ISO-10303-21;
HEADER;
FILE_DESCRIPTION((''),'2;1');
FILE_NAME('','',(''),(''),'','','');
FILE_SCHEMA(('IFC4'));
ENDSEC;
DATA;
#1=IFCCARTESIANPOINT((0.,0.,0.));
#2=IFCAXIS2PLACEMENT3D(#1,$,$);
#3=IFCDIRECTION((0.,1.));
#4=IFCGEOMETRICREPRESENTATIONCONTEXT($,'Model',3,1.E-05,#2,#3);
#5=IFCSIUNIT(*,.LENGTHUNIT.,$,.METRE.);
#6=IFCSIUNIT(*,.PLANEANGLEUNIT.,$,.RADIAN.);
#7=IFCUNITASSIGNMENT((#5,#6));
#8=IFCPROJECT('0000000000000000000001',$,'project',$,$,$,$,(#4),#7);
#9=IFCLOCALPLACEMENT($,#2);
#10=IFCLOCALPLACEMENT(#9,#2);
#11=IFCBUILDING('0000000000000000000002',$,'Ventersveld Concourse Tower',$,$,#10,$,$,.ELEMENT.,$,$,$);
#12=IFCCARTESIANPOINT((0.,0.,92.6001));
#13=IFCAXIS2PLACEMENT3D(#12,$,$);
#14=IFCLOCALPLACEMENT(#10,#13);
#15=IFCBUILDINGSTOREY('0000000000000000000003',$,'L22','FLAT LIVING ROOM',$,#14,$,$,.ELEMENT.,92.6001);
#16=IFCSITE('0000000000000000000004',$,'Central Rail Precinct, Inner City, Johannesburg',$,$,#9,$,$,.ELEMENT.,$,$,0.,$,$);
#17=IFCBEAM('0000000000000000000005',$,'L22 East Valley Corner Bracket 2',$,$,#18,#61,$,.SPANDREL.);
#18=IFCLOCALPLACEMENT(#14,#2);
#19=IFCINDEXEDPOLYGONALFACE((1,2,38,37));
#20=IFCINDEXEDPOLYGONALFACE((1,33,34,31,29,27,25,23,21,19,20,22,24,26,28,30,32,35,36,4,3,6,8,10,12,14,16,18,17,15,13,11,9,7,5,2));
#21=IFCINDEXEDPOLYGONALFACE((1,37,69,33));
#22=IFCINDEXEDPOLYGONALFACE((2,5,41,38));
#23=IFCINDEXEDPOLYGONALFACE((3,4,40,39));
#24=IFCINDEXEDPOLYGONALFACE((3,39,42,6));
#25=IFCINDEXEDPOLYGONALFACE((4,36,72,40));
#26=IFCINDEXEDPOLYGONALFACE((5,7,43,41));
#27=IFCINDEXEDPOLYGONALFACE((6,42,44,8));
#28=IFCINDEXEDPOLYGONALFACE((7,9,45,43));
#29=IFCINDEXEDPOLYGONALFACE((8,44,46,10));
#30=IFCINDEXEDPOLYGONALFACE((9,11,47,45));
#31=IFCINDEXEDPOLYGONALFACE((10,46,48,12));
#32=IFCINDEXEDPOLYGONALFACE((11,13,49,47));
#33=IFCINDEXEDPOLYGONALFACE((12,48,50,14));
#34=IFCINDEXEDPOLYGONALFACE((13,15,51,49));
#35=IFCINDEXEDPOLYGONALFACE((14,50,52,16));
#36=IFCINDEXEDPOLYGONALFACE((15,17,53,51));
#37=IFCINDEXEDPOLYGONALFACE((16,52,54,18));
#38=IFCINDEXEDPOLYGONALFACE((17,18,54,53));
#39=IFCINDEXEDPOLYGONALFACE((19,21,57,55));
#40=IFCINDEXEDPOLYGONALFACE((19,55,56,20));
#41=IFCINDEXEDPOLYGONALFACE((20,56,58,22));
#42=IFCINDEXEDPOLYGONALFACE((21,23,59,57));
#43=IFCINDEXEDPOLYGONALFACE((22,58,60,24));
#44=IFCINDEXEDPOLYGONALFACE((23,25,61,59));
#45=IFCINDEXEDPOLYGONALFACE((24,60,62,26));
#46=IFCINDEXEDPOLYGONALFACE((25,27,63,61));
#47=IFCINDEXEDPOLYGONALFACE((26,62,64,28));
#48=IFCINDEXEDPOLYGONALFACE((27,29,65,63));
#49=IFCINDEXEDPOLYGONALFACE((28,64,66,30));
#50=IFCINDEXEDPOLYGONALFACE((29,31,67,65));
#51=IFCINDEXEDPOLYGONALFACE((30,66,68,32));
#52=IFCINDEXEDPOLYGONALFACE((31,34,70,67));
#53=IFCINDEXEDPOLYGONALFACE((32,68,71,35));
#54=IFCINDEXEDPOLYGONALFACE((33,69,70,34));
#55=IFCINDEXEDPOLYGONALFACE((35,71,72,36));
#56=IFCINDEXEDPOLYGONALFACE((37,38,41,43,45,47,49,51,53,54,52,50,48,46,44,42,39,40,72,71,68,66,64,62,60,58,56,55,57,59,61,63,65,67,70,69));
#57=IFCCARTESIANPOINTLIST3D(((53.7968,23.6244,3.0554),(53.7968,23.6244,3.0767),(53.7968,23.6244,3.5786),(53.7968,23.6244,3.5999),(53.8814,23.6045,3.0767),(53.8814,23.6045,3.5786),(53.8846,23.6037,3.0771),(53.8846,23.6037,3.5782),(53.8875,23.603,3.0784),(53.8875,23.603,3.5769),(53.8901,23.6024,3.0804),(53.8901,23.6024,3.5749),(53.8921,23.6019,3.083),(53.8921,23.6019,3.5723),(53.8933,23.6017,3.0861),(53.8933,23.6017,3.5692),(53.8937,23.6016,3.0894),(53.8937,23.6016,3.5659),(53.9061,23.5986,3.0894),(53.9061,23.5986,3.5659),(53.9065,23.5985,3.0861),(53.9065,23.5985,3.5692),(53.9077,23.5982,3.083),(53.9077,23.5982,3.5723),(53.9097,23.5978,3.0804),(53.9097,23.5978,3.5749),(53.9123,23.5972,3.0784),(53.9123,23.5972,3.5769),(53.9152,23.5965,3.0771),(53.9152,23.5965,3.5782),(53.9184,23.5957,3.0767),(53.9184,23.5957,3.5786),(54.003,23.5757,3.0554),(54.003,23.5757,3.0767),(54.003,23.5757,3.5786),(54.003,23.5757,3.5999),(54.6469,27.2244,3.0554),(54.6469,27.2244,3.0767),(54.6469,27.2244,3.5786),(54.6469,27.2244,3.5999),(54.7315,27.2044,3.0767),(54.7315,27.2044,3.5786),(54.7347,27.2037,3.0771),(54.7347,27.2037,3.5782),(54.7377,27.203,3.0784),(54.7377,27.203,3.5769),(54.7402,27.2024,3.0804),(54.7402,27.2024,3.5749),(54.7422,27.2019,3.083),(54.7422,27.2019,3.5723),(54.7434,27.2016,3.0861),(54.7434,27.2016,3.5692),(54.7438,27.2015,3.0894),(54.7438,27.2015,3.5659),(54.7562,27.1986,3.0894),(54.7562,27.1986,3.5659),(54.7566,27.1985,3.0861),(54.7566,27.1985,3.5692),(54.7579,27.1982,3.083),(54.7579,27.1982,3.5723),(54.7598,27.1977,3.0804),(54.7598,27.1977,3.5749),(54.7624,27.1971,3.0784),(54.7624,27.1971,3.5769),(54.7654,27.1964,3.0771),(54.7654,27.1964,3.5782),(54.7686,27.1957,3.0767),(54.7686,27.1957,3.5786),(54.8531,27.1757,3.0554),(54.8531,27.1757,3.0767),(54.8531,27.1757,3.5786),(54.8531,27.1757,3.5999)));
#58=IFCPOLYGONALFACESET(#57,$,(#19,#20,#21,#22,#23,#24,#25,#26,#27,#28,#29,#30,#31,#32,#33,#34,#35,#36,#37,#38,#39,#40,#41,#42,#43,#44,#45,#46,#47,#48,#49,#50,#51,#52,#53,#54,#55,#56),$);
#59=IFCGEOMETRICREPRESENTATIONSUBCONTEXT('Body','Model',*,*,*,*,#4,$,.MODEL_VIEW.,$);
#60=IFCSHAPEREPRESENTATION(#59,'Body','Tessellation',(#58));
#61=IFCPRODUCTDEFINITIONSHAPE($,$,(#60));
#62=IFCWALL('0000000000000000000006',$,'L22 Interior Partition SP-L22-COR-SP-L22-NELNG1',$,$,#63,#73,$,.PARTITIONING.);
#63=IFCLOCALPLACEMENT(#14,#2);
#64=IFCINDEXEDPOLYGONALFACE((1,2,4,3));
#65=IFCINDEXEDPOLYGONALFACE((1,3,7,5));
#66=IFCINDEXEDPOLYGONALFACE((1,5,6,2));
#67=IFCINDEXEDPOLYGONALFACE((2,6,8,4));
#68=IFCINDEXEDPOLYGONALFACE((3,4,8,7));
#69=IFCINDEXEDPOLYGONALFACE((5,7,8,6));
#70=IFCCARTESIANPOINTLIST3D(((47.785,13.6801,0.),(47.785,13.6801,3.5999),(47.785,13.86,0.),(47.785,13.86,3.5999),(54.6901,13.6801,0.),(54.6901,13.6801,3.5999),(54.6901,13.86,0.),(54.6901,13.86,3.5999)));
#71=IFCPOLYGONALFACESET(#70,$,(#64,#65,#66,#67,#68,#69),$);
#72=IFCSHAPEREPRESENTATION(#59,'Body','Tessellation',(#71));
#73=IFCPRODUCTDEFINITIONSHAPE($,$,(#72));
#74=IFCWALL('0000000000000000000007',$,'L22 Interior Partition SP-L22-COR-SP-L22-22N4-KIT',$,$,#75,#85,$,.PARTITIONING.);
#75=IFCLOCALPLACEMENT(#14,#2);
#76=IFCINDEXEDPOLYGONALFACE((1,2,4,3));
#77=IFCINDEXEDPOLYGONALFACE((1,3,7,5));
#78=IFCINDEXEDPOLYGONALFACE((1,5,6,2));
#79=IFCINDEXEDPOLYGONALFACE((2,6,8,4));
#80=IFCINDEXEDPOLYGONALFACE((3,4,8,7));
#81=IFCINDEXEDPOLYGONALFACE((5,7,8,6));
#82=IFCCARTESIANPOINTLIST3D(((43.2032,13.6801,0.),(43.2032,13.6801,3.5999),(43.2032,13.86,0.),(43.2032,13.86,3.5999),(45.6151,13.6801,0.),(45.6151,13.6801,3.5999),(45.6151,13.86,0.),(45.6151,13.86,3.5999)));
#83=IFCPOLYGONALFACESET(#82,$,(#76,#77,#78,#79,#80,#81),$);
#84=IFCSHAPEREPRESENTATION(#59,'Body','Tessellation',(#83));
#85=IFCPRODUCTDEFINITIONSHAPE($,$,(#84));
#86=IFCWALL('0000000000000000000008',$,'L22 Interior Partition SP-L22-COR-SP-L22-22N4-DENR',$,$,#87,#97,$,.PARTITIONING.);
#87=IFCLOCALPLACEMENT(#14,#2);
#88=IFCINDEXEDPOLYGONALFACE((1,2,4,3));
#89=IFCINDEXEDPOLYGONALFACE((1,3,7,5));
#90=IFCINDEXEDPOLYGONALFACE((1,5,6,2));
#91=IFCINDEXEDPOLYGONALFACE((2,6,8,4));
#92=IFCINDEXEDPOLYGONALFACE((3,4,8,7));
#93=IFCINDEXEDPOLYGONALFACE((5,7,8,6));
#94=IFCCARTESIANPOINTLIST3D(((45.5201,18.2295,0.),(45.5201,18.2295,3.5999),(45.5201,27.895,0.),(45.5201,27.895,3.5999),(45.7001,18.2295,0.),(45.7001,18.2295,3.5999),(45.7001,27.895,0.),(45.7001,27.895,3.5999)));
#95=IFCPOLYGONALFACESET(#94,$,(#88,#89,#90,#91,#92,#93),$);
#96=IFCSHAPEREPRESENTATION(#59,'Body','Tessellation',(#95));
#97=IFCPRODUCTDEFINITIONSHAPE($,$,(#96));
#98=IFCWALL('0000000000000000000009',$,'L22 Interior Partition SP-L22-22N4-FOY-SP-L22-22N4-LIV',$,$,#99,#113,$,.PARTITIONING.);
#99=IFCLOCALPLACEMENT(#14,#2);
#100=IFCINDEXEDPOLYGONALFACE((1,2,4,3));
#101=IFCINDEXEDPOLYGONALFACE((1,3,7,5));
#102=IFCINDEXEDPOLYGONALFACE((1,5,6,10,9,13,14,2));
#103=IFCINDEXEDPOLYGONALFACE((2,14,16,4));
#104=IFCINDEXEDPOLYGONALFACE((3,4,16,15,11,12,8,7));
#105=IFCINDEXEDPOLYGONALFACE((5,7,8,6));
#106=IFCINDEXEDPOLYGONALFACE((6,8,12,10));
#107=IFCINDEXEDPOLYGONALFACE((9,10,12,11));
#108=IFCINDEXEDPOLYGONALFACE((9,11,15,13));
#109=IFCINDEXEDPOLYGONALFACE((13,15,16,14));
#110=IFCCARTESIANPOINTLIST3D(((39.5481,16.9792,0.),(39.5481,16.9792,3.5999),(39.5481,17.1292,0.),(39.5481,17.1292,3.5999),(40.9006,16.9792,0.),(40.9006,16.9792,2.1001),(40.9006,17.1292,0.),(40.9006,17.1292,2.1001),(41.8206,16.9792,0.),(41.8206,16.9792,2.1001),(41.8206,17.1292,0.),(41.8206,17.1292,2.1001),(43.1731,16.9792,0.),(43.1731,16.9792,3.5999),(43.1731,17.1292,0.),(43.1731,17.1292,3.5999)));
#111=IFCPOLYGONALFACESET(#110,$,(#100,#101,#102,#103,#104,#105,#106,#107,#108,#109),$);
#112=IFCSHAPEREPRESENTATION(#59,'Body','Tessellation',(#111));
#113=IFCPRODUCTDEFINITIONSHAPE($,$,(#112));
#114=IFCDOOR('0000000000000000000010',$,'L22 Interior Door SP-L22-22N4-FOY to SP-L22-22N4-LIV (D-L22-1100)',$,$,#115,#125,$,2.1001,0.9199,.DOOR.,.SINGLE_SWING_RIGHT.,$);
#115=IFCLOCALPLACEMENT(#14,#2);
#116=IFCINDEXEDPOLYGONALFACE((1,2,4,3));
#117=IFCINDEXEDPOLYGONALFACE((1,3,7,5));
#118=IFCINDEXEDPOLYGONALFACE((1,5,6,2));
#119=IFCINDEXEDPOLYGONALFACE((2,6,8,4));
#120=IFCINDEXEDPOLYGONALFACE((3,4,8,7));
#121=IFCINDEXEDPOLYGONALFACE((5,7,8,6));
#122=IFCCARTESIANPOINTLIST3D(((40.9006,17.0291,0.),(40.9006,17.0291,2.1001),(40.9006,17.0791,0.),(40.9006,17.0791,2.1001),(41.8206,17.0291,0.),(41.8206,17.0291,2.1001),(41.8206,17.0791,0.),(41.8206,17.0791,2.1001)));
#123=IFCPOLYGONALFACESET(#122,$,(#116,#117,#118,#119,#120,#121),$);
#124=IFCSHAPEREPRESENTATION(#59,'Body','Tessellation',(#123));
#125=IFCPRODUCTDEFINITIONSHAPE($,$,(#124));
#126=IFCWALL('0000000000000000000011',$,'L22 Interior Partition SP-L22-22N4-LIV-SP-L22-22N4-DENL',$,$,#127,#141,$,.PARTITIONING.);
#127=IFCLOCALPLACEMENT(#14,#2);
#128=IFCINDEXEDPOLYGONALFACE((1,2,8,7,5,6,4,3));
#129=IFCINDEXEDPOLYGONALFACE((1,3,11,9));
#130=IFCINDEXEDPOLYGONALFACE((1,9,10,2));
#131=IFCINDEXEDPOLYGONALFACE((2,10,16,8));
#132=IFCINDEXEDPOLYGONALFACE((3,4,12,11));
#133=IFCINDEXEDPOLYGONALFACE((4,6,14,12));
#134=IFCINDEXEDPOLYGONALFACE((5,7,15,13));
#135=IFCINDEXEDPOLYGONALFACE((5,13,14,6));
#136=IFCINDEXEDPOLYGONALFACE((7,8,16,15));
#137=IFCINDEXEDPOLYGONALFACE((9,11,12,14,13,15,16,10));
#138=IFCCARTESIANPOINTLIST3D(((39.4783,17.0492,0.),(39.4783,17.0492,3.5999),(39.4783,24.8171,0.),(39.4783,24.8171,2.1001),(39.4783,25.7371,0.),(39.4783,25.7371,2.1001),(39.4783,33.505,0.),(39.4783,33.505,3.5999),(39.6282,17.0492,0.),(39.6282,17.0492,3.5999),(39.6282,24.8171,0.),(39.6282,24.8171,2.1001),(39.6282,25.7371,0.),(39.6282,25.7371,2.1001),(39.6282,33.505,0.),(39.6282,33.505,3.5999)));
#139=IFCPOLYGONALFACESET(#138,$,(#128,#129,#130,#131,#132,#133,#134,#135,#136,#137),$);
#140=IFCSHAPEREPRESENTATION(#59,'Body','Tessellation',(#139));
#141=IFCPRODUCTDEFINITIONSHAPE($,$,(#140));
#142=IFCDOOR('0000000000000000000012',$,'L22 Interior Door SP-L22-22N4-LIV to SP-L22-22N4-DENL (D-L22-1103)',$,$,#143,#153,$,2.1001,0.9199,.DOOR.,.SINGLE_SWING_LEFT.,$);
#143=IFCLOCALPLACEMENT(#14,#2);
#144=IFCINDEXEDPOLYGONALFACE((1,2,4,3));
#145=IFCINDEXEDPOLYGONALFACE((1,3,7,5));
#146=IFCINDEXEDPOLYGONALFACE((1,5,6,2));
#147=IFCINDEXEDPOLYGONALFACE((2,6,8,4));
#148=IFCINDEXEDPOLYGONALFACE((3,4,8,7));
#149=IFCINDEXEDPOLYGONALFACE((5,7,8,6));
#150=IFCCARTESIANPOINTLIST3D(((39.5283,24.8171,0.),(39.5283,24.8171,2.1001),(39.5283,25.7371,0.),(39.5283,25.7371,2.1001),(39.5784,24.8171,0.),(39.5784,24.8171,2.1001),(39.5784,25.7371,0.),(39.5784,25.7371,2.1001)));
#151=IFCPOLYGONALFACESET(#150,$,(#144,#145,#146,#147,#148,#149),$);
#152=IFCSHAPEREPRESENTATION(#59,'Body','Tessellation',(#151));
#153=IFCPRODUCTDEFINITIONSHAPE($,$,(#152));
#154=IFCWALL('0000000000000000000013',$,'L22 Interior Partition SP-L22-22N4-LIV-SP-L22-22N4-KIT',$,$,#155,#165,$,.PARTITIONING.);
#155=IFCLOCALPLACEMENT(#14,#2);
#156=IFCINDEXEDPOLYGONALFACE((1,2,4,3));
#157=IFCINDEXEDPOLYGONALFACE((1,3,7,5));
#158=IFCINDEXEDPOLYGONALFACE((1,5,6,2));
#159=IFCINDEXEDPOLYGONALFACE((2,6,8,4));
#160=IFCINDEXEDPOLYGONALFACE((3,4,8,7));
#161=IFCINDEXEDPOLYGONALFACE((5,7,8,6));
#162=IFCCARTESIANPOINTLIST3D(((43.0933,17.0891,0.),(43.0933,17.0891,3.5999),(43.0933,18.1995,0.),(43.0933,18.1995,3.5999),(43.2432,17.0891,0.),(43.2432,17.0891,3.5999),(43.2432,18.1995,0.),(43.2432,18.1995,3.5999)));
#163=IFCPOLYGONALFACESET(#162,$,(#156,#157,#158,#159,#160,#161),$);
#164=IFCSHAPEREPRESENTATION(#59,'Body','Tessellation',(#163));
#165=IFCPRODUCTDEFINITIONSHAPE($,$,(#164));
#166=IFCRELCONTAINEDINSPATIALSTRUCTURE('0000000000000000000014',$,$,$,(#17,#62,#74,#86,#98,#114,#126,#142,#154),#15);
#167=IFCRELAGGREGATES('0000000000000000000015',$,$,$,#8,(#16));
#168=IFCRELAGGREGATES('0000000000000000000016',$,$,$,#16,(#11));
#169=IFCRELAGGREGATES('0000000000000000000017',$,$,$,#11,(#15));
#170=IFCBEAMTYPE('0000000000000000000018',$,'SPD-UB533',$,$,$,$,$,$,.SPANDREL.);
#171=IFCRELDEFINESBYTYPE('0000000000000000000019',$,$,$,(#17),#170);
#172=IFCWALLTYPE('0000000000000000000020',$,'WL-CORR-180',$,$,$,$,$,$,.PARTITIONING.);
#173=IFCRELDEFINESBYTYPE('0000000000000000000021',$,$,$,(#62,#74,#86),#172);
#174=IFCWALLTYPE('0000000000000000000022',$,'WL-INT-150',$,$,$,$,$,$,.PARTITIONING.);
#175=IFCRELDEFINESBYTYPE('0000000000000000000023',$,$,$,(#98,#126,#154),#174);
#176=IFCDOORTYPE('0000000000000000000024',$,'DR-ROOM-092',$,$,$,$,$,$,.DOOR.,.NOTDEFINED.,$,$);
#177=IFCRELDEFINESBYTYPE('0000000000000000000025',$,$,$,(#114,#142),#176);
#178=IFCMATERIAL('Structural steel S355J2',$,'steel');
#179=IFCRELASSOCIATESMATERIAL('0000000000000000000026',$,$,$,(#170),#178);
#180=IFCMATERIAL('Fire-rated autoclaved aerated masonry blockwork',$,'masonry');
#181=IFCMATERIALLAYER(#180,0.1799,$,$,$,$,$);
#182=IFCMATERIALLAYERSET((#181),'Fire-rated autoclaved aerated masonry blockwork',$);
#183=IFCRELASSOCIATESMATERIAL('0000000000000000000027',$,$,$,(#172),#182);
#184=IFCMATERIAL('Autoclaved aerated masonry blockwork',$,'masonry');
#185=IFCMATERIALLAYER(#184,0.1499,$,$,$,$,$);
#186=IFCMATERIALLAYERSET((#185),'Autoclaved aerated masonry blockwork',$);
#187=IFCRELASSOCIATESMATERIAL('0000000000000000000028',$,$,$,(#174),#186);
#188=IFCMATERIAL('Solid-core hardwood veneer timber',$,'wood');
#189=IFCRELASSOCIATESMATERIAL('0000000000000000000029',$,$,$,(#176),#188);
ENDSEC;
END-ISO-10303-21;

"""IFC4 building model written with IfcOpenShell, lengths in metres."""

from ifc_helpers import new_model, si_unit, direction, frame, frame_2d, origin, origin_2d, place, context, subcontext, project, spatial, rectangle, i_section, extrude, material, layer, layer_set, material_profile, profile_set, type_object, element, fill, save


model = new_model("IFC4")

# Units and contexts
model_context = context("Model", 3, precision=1e-05, world=origin(), true_north=direction((0.0, 1.0)))
body_context = subcontext(model_context, "Body", "Model", "MODEL_VIEW")
ifc_project = project(units=[si_unit("LENGTHUNIT", "METRE"), si_unit("PLANEANGLEUNIT", "RADIAN")], contexts=[model_context])

# Site, building, storey
site_placement = place(None, origin())
site = spatial("IfcSite", under=ifc_project, at=site_placement, Name="Central Rail Precinct, Inner City, Johannesburg", CompositionType="ELEMENT", RefElevation=0.0)
building_placement = place(site_placement, origin())
building = spatial("IfcBuilding", under=site, at=building_placement, Name="Ventersveld Concourse Tower", CompositionType="ELEMENT")
storey_placement = place(building_placement, frame((0.0, 0.0, 92.6001)))
storey = spatial("IfcBuildingStorey", under=building, at=storey_placement, Name="L22", Description="FLAT LIVING ROOM", CompositionType="ELEMENT", Elevation=92.6001)

# Beam
ifc_material_1 = material(Name="Structural steel S355J2", Category="steel")
ifc_material_profile_1 = material_profile(ifc_material_1, i_section(OverallWidth=0.2119, OverallDepth=0.5444, WebThickness=0.0127, FlangeThickness=0.0212, FilletRadius=0.0127, at=origin_2d()), Name="UB 533x210x122")
ifc_profile_set_1 = profile_set([ifc_material_profile_1], Name="Structural steel S355J2")
beam_type_1 = type_object("IfcBeamType", Name="SPD-UB533", PredefinedType="SPANDREL", material=ifc_profile_set_1)
beam_1_placement = place(storey_placement, frame((53.8999, 23.6001, 3.3276), z_axis=(0.229827, 0.973232, 0.0), x_axis=(-0.973232, 0.229827, 0.0)))
element("IfcBeam", 1, at=beam_1_placement, inside=storey, type_object=beam_type_1, Name="L22 East Valley Corner Bracket 2", PredefinedType="SPANDREL", context=body_context, shape_type="SweptSolid", body=[
    extrude(i_section(OverallWidth=0.2119, OverallDepth=0.5444, WebThickness=0.0127, FlangeThickness=0.0212, FilletRadius=0.0127, at=origin_2d()), origin(), (0.0, 0.0, 1.0), 3.699),
])

# Wall
ifc_material_2 = material(Name="Fire-rated autoclaved aerated masonry blockwork", Category="masonry")
ifc_layer_1 = layer(ifc_material_2, 0.1799)
ifc_layer_set_1 = layer_set([ifc_layer_1], Name="Fire-rated autoclaved aerated masonry blockwork")
wall_type_1 = type_object("IfcWallType", Name="WL-CORR-180", PredefinedType="PARTITIONING", material=ifc_layer_set_1)
wall_1_placement = place(storey_placement, frame((47.7849, 13.77, 0.0), z_axis=(0.0, 0.0, 1.0), x_axis=(1.0, 0.0, 0.0)))
element("IfcWall", 2, at=wall_1_placement, inside=storey, type_object=wall_type_1, Name="L22 Interior Partition SP-L22-COR-SP-L22-NELNG1", PredefinedType="PARTITIONING", context=body_context, shape_type="SweptSolid", body=[
    extrude(rectangle(XDim=6.905, YDim=0.1799, at=frame_2d((3.4526, 0.0))), origin(), (0.0, 0.0, 1.0), 3.5999),
])

# Shared definitions
ifc_material_3 = material(Name="Solid-core hardwood veneer timber", Category="wood")

# Walls
wall_2_placement = place(storey_placement, frame((43.2031, 13.77, 0.0), z_axis=(0.0, 0.0, 1.0), x_axis=(1.0, 0.0, 0.0)))
element("IfcWall", 3, at=wall_2_placement, inside=storey, type_object=wall_type_1, Name="L22 Interior Partition SP-L22-COR-SP-L22-22N4-KIT", PredefinedType="PARTITIONING", context=body_context, shape_type="SweptSolid", body=[
    extrude(rectangle(XDim=2.4119, YDim=0.1799, at=frame_2d((1.2061, 0.0))), origin(), (0.0, 0.0, 1.0), 3.5999),
])
wall_3_placement = place(storey_placement, frame((45.6101, 18.2295, 0.0), z_axis=(0.0, 0.0, 1.0), x_axis=(0.0, 1.0, 0.0)))
element("IfcWall", 4, at=wall_3_placement, inside=storey, type_object=wall_type_1, Name="L22 Interior Partition SP-L22-COR-SP-L22-22N4-DENR", PredefinedType="PARTITIONING", context=body_context, shape_type="SweptSolid", body=[
    extrude(rectangle(XDim=9.6655, YDim=0.1799, at=frame_2d((4.8328, 0.0))), origin(), (0.0, 0.0, 1.0), 3.5999),
])

# Walls, openings, doors
ifc_material_4 = material(Name="Autoclaved aerated masonry blockwork", Category="masonry")
ifc_layer_2 = layer(ifc_material_4, 0.1499)
ifc_layer_set_2 = layer_set([ifc_layer_2], Name="Autoclaved aerated masonry blockwork")
wall_type_2 = type_object("IfcWallType", Name="WL-INT-150", PredefinedType="PARTITIONING", material=ifc_layer_set_2)
wall_4_placement = place(storey_placement, frame((39.5481, 17.0542, 0.0), z_axis=(0.0, 0.0, 1.0), x_axis=(1.0, 0.0, 0.0)))
wall_4 = element("IfcWall", 5, at=wall_4_placement, inside=storey, type_object=wall_type_2, Name="L22 Interior Partition SP-L22-22N4-FOY-SP-L22-22N4-LIV", PredefinedType="PARTITIONING", context=body_context, shape_type="SweptSolid", body=[
    extrude(rectangle(XDim=3.625, YDim=0.1499, at=frame_2d((1.8125, 0.0))), origin(), (0.0, 0.0, 1.0), 3.5999),
])
opening_1_placement = place(wall_4_placement, frame((1.3525, 0.0, 0.0)))
opening_1 = element("IfcOpeningElement", 6, at=opening_1_placement, cuts=wall_4, PredefinedType="OPENING", context=body_context, shape_type="SweptSolid", body=[
    extrude(rectangle(XDim=0.9199, YDim=2.1001, at=frame_2d((0.46, 1.05))), frame((0.0, 0.085, 0.0), z_axis=(0.0, -1.0, 0.0), x_axis=(1.0, 0.0, 0.0)), (0.0, 0.0, 1.0), 0.1699),
])
door_type_1 = type_object("IfcDoorType", Name="DR-ROOM-092", OperationType="NOTDEFINED", PredefinedType="DOOR", material=ifc_material_3)
door_1_placement = place(opening_1_placement, origin())
door_1 = element("IfcDoor", 7, at=door_1_placement, inside=storey, type_object=door_type_1, Name="L22 Interior Door SP-L22-22N4-FOY to SP-L22-22N4-LIV (D-L22-1100)", OperationType="SINGLE_SWING_RIGHT", OverallHeight=2.1001, OverallWidth=0.9199, PredefinedType="DOOR", context=body_context, shape_type="SweptSolid", body=[
    extrude(rectangle(XDim=0.9199, YDim=2.1001, at=frame_2d((0.46, 1.05))), frame((0.0, 0.0249, 0.0), z_axis=(0.0, -1.0, 0.0), x_axis=(1.0, 0.0, 0.0)), (0.0, 0.0, 1.0), 0.05),
])
fill(opening_1, door_1)
wall_5_placement = place(storey_placement, frame((39.5532, 17.0491, 0.0), z_axis=(0.0, 0.0, 1.0), x_axis=(0.0, 1.0, 0.0)))
wall_5 = element("IfcWall", 8, at=wall_5_placement, inside=storey, type_object=wall_type_2, Name="L22 Interior Partition SP-L22-22N4-LIV-SP-L22-22N4-DENL", PredefinedType="PARTITIONING", context=body_context, shape_type="SweptSolid", body=[
    extrude(rectangle(XDim=16.4558, YDim=0.1499, at=frame_2d((8.228, 0.0))), origin(), (0.0, 0.0, 1.0), 3.5999),
])
opening_2_placement = place(wall_5_placement, frame((7.7681, 0.0, 0.0)))
opening_2 = element("IfcOpeningElement", 9, at=opening_2_placement, cuts=wall_5, PredefinedType="OPENING", context=body_context, shape_type="SweptSolid", body=[
    extrude(rectangle(XDim=0.9199, YDim=2.1001, at=frame_2d((0.46, 1.05))), frame((0.0, 0.085, 0.0), z_axis=(0.0, -1.0, 0.0), x_axis=(1.0, 0.0, 0.0)), (0.0, 0.0, 1.0), 0.1699),
])
door_2_placement = place(opening_2_placement, origin())
door_2 = element("IfcDoor", 10, at=door_2_placement, inside=storey, type_object=door_type_1, Name="L22 Interior Door SP-L22-22N4-LIV to SP-L22-22N4-DENL (D-L22-1103)", OperationType="SINGLE_SWING_LEFT", OverallHeight=2.1001, OverallWidth=0.9199, PredefinedType="DOOR", context=body_context, shape_type="SweptSolid", body=[
    extrude(rectangle(XDim=0.9199, YDim=2.1001, at=frame_2d((0.46, 1.05))), frame((0.0, 0.0249, 0.0), z_axis=(0.0, -1.0, 0.0), x_axis=(1.0, 0.0, 0.0)), (0.0, 0.0, 1.0), 0.05),
])
fill(opening_2, door_2)

# Wall
wall_6_placement = place(storey_placement, frame((43.1682, 17.0891, 0.0), z_axis=(0.0, 0.0, 1.0), x_axis=(0.0, 1.0, 0.0)))
element("IfcWall", 11, at=wall_6_placement, inside=storey, type_object=wall_type_2, Name="L22 Interior Partition SP-L22-22N4-LIV-SP-L22-22N4-KIT", PredefinedType="PARTITIONING", context=body_context, shape_type="SweptSolid", body=[
    extrude(rectangle(XDim=1.1104, YDim=0.1499, at=frame_2d((0.5552, 0.0))), origin(), (0.0, 0.0, 1.0), 3.5999),
])

save(model, "model.ifc")
